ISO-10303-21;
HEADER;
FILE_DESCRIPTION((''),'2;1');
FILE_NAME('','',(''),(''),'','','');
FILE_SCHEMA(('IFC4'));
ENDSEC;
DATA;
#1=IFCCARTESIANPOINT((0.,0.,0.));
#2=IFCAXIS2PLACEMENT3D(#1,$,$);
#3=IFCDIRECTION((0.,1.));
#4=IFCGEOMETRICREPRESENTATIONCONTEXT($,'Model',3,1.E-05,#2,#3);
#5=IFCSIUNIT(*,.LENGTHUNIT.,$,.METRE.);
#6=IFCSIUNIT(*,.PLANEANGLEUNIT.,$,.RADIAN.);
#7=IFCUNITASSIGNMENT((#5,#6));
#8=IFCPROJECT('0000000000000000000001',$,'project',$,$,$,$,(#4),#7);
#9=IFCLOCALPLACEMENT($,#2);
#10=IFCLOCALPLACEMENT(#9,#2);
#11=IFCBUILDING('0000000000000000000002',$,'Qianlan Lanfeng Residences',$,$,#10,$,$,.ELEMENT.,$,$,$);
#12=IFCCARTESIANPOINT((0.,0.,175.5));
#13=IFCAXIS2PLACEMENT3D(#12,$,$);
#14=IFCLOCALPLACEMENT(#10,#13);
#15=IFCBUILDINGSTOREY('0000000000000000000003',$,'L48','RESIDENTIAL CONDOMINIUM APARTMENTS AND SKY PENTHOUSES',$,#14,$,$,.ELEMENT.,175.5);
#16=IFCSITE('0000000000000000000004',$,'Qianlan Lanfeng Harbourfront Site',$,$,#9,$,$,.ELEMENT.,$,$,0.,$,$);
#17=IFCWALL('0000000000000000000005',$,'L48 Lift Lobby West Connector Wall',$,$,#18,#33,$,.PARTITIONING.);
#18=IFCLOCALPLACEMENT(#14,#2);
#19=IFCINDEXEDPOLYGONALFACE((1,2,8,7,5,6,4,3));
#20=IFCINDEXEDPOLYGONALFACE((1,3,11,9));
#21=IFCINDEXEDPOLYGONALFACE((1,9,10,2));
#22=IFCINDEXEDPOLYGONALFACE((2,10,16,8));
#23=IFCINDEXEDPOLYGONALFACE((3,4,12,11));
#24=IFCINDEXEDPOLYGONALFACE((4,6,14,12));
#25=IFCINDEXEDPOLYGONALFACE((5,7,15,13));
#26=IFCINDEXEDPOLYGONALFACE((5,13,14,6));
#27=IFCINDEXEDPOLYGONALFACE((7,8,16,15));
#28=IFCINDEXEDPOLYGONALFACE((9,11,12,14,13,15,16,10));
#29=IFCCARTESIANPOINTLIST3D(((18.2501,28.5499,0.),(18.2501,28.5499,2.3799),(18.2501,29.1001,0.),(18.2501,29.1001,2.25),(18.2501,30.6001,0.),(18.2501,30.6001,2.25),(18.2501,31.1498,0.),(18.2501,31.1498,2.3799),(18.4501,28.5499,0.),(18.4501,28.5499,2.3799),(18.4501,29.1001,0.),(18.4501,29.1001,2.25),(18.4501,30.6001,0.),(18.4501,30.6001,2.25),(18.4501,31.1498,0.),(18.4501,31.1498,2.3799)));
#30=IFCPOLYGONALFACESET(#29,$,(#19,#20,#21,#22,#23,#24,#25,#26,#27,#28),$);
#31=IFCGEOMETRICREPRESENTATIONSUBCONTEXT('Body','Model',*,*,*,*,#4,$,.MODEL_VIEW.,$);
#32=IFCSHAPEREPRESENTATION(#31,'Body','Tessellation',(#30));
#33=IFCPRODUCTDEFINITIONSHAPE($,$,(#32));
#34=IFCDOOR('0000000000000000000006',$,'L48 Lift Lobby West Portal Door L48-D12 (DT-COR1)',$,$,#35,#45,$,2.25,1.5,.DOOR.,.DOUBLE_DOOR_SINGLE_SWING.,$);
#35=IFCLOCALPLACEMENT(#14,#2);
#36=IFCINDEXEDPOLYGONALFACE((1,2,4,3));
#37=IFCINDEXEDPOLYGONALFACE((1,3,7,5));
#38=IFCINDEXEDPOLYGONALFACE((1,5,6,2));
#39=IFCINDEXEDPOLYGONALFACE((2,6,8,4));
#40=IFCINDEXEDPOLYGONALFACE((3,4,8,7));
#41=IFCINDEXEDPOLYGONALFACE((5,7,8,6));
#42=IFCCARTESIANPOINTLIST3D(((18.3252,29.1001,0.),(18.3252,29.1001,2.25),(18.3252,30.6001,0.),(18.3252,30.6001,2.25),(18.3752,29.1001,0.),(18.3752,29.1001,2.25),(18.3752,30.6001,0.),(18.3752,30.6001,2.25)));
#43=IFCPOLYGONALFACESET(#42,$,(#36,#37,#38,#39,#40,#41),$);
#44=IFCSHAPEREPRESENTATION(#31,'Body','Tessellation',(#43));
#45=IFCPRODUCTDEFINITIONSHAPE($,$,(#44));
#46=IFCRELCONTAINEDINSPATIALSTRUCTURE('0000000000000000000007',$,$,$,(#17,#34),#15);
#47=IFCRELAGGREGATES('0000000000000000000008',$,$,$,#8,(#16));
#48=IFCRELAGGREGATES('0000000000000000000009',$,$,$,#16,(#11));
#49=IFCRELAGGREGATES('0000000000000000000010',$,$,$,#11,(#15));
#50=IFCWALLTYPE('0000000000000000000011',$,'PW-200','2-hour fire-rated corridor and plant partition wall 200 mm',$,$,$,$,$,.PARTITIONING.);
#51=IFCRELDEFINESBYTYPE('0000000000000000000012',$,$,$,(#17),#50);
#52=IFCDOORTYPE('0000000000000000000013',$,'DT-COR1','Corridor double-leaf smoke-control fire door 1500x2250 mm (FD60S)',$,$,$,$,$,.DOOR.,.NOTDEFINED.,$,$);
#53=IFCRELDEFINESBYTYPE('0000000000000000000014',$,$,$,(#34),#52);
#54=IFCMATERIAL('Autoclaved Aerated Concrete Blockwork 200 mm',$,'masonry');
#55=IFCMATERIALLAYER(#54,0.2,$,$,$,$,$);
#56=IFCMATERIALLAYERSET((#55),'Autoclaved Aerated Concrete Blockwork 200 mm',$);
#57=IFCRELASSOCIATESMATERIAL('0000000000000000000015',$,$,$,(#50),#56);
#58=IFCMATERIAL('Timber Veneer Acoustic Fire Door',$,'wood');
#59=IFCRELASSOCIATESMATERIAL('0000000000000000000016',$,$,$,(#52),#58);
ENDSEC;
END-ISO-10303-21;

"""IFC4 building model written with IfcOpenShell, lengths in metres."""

from ifc_helpers import new_model, si_unit, direction, frame, frame_2d, origin, place, context, subcontext, project, spatial, rectangle, extrude, material, layer, layer_set, type_object, element, fill, save


model = new_model("IFC4")

# Units and contexts
model_context = context("Model", 3, precision=1e-05, world=origin(), true_north=direction((0.0, 1.0)))
body_context = subcontext(model_context, "Body", "Model", "MODEL_VIEW")
ifc_project = project(units=[si_unit("LENGTHUNIT", "METRE"), si_unit("PLANEANGLEUNIT", "RADIAN")], contexts=[model_context])

# Site, building, storey
site_placement = place(None, origin())
site = spatial("IfcSite", under=ifc_project, at=site_placement, Name="Qianlan Lanfeng Harbourfront Site", CompositionType="ELEMENT", RefElevation=0.0)
building_placement = place(site_placement, origin())
building = spatial("IfcBuilding", under=site, at=building_placement, Name="Qianlan Lanfeng Residences", CompositionType="ELEMENT")
storey_placement = place(building_placement, frame((0.0, 0.0, 175.5)))
storey = spatial("IfcBuildingStorey", under=building, at=storey_placement, Name="L48", Description="RESIDENTIAL CONDOMINIUM APARTMENTS AND SKY PENTHOUSES", CompositionType="ELEMENT", Elevation=175.5)

# Wall, opening, door
ifc_material_1 = material(Name="Autoclaved Aerated Concrete Blockwork 200 mm", Category="masonry")
ifc_layer_1 = layer(ifc_material_1, 0.2)
ifc_layer_set_1 = layer_set([ifc_layer_1], Name="Autoclaved Aerated Concrete Blockwork 200 mm")
wall_type_1 = type_object("IfcWallType", Name="PW-200", Description="2-hour fire-rated corridor and plant partition wall 200 mm", PredefinedType="PARTITIONING", material=ifc_layer_set_1)
wall_1_placement = place(storey_placement, frame((18.3501, 28.55, 0.0), z_axis=(0.0, 0.0, 1.0), x_axis=(0.0, 1.0, 0.0)))
wall_1 = element("IfcWall", 1, at=wall_1_placement, inside=storey, type_object=wall_type_1, Name="L48 Lift Lobby West Connector Wall", PredefinedType="PARTITIONING", context=body_context, shape_type="SweptSolid", body=[
    extrude(rectangle(XDim=2.5999, YDim=0.2, at=frame_2d((1.2998, 0.0))), origin(), (0.0, 0.0, 1.0), 2.3799),
])
opening_1_placement = place(wall_1_placement, frame((0.55, 0.0, 0.0)))
opening_1 = element("IfcOpeningElement", 2, at=opening_1_placement, cuts=wall_1, PredefinedType="OPENING", context=body_context, shape_type="SweptSolid", body=[
    extrude(rectangle(XDim=1.5, YDim=2.25, at=frame_2d((0.75, 1.125))), frame((0.0, 0.1099, 0.0), z_axis=(0.0, -1.0, 0.0), x_axis=(1.0, 0.0, 0.0)), (0.0, 0.0, 1.0), 0.22),
])
ifc_material_2 = material(Name="Timber Veneer Acoustic Fire Door", Category="wood")
door_type_1 = type_object("IfcDoorType", Name="DT-COR1", Description="Corridor double-leaf smoke-control fire door 1500x2250 mm (FD60S)", OperationType="NOTDEFINED", PredefinedType="DOOR", material=ifc_material_2)
door_1_placement = place(opening_1_placement, origin())
door_1 = element("IfcDoor", 3, at=door_1_placement, inside=storey, type_object=door_type_1, Name="L48 Lift Lobby West Portal Door L48-D12 (DT-COR1)", OperationType="DOUBLE_DOOR_SINGLE_SWING", OverallHeight=2.25, OverallWidth=1.5, PredefinedType="DOOR", context=body_context, shape_type="SweptSolid", body=[
    extrude(rectangle(XDim=1.5, YDim=2.25, at=frame_2d((0.75, 1.125))), frame((0.0, 0.0249, 0.0), z_axis=(0.0, -1.0, 0.0), x_axis=(1.0, 0.0, 0.0)), (0.0, 0.0, 1.0), 0.05),
])
fill(opening_1, door_1)

save(model, "model.ifc")
